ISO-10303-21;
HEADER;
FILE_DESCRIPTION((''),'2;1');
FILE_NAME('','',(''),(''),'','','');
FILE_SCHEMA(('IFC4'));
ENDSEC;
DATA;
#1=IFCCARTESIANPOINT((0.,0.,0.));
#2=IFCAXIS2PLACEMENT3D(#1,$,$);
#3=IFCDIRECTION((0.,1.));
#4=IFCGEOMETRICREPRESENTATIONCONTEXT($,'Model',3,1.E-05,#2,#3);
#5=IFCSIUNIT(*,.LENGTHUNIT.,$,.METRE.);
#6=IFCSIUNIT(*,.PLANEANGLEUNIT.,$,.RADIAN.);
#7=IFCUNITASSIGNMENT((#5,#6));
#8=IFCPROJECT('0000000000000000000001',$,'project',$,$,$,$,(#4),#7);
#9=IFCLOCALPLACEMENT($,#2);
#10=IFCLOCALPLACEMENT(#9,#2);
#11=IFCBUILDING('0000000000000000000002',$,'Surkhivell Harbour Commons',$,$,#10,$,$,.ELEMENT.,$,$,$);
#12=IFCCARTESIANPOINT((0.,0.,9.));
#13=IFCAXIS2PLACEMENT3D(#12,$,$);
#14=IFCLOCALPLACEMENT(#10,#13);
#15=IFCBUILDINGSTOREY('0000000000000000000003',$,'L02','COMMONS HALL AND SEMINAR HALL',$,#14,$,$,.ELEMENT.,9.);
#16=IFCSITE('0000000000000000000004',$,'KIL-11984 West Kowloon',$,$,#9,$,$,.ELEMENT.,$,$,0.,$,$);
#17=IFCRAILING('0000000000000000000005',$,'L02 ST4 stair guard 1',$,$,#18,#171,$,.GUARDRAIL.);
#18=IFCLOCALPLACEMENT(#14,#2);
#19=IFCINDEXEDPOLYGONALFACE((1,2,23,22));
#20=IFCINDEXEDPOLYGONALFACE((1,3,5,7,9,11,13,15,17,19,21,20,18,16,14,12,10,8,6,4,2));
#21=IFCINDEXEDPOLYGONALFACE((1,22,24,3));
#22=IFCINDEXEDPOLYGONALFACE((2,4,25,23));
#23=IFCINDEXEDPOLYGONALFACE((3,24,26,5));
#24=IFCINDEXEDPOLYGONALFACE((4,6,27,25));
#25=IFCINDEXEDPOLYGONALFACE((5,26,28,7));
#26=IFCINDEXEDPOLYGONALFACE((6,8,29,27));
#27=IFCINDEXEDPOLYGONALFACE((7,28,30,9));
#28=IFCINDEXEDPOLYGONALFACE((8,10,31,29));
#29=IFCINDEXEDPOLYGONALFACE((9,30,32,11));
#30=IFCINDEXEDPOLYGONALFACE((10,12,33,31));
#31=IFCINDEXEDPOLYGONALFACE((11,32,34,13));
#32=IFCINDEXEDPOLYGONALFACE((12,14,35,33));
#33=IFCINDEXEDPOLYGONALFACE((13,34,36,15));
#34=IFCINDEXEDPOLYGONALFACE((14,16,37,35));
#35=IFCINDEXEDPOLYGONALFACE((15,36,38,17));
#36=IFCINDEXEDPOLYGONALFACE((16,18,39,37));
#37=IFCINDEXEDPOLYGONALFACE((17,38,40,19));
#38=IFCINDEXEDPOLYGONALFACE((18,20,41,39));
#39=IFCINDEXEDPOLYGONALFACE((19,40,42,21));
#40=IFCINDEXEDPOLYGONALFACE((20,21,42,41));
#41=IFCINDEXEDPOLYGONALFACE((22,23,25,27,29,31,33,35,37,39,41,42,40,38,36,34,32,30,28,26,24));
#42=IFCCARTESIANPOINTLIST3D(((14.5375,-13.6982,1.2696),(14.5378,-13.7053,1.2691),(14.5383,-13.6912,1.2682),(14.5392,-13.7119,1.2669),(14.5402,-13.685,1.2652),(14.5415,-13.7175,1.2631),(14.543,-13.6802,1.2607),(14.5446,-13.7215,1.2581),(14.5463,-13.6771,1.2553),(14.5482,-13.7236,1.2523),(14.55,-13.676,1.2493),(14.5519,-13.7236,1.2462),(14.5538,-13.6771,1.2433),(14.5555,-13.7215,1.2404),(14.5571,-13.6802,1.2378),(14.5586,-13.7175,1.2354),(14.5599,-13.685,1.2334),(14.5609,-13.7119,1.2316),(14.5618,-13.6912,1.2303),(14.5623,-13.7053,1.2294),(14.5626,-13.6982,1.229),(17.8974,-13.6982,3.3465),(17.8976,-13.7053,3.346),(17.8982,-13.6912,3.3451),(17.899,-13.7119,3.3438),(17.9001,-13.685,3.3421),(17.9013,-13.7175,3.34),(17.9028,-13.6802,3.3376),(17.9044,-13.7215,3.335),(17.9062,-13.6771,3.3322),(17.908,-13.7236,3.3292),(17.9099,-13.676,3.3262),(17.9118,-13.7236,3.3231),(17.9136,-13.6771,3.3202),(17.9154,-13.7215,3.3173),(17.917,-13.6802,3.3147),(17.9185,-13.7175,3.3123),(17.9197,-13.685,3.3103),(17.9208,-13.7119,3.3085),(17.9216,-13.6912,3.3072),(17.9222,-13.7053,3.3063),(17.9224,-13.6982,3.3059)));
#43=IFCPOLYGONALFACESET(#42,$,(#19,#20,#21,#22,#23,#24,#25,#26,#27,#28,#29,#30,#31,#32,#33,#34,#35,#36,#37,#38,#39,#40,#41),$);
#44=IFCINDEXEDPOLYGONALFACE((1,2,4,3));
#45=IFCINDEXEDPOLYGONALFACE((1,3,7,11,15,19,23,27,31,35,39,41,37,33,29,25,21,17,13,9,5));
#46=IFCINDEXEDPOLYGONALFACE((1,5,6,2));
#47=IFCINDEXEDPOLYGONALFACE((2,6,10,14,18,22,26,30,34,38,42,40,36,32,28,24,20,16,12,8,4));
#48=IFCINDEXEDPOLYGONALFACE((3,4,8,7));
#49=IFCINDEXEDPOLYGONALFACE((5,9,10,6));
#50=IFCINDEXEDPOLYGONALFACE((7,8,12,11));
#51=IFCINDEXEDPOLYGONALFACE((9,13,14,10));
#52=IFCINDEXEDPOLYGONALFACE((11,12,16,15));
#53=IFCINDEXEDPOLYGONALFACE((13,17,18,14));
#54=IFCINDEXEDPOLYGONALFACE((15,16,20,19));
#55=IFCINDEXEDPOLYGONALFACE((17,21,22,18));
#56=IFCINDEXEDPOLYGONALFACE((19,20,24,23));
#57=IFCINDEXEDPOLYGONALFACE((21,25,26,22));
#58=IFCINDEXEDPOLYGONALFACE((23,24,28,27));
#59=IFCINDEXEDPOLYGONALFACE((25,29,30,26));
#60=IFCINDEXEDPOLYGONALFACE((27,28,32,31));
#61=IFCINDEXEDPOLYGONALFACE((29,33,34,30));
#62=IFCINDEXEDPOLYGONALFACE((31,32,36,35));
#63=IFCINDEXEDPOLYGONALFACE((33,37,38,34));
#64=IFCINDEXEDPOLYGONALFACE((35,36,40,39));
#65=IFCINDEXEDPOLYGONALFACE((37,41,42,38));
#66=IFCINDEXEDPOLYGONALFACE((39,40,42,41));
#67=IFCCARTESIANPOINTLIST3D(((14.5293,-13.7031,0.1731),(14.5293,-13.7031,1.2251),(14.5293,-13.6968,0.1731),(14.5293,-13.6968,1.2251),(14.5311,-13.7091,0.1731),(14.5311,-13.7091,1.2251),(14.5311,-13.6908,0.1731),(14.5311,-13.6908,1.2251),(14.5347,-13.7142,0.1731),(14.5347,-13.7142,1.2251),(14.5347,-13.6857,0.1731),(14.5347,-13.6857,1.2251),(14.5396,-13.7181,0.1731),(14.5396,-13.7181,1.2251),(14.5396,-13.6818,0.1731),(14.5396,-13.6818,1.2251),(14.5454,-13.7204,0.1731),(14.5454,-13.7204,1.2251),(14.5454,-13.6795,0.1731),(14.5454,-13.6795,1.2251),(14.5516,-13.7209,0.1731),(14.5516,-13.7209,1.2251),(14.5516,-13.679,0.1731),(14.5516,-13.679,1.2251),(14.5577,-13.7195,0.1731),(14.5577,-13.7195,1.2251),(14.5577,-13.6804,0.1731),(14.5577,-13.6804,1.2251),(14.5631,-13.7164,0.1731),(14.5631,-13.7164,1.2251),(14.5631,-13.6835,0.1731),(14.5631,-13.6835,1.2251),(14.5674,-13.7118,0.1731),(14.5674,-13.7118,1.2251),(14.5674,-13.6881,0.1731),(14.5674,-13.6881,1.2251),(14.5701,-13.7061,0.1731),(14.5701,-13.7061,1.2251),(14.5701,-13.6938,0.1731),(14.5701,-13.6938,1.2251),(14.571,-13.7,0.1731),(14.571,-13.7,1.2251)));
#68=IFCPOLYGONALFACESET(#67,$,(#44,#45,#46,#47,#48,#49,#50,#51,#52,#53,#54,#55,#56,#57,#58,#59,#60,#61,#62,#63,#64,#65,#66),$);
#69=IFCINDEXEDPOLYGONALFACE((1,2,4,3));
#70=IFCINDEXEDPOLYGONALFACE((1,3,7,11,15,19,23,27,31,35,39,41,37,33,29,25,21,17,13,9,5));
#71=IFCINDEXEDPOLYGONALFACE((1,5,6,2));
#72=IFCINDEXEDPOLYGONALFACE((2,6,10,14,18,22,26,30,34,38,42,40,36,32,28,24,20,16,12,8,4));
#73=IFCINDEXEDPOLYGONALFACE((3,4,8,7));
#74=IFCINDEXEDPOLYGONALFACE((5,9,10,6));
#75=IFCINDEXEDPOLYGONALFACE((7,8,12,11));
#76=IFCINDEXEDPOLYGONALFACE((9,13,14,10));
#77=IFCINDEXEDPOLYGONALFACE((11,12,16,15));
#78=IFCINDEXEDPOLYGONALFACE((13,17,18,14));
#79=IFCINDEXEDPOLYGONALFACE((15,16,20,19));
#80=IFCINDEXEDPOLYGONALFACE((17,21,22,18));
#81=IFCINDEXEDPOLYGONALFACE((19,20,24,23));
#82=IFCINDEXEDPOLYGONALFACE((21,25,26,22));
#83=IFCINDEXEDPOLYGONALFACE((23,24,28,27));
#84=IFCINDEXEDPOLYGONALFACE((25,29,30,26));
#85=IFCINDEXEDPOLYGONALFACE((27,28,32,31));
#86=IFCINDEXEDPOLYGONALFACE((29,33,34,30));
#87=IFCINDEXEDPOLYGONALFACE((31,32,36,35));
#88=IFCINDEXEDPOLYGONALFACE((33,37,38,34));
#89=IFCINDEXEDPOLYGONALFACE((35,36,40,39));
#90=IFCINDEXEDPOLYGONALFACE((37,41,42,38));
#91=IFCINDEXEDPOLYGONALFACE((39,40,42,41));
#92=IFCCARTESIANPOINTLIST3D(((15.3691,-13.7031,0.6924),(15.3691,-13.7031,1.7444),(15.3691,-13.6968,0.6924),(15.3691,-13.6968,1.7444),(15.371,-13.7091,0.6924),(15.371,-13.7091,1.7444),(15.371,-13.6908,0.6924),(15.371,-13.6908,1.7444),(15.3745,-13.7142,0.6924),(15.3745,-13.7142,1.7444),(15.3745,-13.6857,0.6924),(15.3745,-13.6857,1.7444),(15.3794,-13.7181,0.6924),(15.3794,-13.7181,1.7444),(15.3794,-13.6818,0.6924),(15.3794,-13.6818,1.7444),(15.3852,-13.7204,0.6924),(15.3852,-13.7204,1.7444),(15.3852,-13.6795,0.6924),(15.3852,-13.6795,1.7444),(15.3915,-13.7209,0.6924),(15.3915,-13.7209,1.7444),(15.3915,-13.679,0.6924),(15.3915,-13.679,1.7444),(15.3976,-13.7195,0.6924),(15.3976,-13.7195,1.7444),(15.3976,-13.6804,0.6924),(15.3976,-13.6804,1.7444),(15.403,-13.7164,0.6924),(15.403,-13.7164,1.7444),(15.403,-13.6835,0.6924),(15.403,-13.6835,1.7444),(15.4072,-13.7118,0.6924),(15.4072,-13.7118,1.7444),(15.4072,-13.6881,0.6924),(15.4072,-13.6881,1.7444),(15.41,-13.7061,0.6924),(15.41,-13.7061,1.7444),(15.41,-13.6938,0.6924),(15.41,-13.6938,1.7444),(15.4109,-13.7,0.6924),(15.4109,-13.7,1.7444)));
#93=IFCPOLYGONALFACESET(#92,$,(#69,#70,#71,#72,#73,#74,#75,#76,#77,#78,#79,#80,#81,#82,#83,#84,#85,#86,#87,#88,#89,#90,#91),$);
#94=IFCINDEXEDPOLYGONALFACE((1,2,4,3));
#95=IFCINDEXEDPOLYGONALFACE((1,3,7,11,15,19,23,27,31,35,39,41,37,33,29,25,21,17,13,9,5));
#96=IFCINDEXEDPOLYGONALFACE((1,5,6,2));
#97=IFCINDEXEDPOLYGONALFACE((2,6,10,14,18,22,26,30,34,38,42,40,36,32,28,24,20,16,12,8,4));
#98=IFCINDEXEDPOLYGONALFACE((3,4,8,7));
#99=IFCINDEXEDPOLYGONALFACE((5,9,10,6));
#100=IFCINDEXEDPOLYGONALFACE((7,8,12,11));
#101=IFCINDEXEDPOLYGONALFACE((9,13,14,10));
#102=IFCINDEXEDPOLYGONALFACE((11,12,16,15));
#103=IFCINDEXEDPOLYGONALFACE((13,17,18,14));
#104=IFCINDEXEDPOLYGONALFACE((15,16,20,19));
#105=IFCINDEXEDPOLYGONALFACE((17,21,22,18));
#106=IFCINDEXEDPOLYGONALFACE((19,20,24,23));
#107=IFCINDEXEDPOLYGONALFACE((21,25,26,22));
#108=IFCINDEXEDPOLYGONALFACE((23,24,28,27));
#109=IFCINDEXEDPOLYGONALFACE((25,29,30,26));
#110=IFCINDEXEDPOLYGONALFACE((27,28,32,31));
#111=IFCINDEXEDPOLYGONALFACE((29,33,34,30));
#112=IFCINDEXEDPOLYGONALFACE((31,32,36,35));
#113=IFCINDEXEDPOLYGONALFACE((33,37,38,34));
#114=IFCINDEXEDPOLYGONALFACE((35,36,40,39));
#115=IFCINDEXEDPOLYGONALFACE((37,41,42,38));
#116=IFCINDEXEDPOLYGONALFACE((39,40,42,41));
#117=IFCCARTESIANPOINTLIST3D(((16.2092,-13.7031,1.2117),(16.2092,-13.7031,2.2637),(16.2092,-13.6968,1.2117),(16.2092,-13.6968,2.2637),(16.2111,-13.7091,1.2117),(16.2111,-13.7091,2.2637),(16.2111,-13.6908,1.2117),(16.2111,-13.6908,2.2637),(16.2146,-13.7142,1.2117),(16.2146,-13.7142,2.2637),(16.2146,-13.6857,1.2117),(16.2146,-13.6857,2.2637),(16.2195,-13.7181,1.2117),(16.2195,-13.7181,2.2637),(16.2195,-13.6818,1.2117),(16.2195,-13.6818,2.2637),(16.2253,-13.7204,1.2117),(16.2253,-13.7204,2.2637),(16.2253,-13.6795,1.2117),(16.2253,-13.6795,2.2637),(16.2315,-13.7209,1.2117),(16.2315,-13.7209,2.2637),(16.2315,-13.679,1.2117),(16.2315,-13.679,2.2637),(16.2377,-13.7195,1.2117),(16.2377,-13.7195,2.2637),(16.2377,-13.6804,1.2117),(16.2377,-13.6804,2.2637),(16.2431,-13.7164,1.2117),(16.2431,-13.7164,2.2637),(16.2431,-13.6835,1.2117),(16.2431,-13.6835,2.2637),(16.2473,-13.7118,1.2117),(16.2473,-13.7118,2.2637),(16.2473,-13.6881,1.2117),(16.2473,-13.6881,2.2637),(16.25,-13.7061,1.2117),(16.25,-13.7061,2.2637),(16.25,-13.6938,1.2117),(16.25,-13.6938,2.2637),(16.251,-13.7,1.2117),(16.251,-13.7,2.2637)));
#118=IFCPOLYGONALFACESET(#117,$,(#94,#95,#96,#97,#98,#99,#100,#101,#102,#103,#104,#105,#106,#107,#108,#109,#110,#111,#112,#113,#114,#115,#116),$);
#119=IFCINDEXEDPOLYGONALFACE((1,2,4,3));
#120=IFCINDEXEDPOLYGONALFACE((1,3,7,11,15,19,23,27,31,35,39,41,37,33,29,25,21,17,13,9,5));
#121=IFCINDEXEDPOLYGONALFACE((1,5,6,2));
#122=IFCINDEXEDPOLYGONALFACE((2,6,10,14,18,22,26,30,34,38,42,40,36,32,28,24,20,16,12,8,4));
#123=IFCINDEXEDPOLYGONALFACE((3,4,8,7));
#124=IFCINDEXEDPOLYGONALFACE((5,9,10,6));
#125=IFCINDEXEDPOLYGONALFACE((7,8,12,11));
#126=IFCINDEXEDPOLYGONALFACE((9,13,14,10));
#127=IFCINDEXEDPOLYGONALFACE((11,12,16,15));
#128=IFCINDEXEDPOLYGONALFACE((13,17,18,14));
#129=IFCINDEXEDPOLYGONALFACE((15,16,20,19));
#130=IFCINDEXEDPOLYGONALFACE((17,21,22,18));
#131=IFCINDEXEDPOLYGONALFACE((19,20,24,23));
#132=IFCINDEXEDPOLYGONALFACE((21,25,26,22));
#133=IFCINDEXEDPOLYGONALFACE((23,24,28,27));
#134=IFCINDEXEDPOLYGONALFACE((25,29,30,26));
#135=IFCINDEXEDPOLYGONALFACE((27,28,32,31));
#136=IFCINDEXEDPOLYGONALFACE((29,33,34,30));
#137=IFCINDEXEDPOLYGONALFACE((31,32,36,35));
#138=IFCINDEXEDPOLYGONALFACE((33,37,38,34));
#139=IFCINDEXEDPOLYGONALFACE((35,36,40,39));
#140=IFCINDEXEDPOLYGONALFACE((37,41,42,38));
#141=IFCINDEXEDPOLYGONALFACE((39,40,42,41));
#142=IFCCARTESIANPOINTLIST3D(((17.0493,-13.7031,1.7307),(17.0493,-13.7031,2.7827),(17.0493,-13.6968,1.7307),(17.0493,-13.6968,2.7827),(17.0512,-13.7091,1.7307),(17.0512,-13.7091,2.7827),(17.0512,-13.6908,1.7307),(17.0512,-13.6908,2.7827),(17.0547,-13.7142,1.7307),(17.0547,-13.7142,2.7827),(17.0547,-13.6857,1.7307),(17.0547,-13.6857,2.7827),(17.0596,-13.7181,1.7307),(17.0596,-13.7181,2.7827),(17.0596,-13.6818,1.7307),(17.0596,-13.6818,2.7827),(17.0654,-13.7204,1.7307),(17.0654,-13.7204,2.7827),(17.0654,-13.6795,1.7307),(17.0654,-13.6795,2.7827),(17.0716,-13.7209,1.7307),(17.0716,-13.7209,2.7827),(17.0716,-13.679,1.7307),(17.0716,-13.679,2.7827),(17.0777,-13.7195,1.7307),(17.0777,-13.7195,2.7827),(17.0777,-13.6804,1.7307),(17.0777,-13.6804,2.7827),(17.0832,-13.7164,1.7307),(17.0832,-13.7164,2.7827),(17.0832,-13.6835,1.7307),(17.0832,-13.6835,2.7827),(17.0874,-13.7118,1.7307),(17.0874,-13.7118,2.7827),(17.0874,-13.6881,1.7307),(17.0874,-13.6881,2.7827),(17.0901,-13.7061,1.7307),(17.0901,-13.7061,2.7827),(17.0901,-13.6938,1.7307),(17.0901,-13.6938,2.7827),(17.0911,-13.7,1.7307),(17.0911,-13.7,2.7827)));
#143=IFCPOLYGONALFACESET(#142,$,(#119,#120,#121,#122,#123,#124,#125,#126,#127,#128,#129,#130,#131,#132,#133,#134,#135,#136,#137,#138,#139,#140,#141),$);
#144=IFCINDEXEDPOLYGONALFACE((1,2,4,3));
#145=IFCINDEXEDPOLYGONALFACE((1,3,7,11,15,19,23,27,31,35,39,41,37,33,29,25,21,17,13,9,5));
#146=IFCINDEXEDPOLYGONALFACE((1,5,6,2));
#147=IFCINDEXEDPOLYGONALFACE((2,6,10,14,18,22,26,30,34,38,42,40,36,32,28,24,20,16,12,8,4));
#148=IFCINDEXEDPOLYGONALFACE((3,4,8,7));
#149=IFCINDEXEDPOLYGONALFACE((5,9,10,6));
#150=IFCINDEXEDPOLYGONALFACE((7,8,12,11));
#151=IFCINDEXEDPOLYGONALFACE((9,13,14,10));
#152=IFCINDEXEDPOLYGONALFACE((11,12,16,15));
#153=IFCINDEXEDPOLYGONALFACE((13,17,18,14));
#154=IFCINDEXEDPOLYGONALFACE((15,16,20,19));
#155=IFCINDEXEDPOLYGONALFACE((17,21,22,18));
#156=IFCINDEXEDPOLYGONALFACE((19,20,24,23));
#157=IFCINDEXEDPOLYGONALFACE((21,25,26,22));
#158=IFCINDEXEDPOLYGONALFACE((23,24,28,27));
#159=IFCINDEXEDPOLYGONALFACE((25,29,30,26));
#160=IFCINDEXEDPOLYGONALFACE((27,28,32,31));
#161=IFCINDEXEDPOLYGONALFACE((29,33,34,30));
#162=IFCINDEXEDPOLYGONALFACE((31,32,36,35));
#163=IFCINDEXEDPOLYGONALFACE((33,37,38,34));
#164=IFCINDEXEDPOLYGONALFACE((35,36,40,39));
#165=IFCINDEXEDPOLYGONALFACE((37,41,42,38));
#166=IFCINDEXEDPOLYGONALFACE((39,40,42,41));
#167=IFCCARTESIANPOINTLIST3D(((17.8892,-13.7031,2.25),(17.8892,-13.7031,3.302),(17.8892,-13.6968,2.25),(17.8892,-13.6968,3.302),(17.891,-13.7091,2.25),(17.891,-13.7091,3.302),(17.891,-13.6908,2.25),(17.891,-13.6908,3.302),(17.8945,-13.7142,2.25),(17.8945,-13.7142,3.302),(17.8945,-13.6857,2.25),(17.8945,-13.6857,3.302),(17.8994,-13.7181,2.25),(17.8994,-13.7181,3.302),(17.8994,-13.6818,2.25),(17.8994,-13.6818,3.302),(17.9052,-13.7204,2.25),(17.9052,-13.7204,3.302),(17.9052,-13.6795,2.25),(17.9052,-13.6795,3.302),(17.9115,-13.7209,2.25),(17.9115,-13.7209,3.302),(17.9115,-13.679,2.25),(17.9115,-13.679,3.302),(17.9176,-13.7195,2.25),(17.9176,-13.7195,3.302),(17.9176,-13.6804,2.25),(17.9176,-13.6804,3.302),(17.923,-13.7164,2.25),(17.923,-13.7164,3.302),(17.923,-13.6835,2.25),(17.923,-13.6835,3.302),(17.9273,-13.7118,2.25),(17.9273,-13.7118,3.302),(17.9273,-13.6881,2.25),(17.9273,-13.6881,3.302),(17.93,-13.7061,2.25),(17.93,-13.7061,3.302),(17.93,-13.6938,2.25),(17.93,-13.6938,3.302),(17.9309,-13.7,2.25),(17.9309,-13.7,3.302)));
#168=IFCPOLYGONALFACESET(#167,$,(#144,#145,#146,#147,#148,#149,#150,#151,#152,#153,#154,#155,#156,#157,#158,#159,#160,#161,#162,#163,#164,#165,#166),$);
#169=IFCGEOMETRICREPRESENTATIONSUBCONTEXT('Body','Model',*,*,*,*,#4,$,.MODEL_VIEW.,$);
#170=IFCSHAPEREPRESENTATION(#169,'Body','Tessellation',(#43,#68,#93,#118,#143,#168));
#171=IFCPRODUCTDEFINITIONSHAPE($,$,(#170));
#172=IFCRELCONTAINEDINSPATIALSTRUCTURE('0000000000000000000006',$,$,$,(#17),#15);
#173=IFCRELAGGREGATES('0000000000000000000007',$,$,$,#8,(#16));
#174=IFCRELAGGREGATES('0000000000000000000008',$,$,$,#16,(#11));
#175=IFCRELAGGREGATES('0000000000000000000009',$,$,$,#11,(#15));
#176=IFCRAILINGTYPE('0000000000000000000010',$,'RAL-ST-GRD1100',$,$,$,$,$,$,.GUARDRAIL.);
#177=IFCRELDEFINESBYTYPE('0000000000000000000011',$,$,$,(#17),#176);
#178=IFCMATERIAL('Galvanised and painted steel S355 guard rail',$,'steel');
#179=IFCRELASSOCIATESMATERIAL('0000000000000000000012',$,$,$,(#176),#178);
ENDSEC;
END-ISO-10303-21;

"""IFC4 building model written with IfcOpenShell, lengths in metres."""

from ifc_helpers import new_model, si_unit, direction, frame, origin, origin_2d, place, context, subcontext, project, spatial, circle, extrude, material, type_object, element, save


model = new_model("IFC4")

# Units and contexts
model_context = context("Model", 3, precision=1e-05, world=origin(), true_north=direction((0.0, 1.0)))
body_context = subcontext(model_context, "Body", "Model", "MODEL_VIEW")
ifc_project = project(units=[si_unit("LENGTHUNIT", "METRE"), si_unit("PLANEANGLEUNIT", "RADIAN")], contexts=[model_context])

# Site, building, storey
site_placement = place(None, origin())
site = spatial("IfcSite", under=ifc_project, at=site_placement, Name="KIL-11984 West Kowloon", CompositionType="ELEMENT", RefElevation=0.0)
building_placement = place(site_placement, origin())
building = spatial("IfcBuilding", under=site, at=building_placement, Name="Surkhivell Harbour Commons", CompositionType="ELEMENT")
storey_placement = place(building_placement, frame((0.0, 0.0, 9.0)))
storey = spatial("IfcBuildingStorey", under=building, at=storey_placement, Name="L02", Description="COMMONS HALL AND SEMINAR HALL", CompositionType="ELEMENT", Elevation=9.0)

# Railing
ifc_material_1 = material(Name="Galvanised and painted steel S355 guard rail", Category="steel")
railing_type_1 = type_object("IfcRailingType", Name="RAL-ST-GRD1100", PredefinedType="GUARDRAIL", material=ifc_material_1)
railing_1_placement = place(storey_placement, frame((14.55, -13.7, 0.1731)))
element("IfcRailing", 1, at=railing_1_placement, inside=storey, type_object=railing_type_1, Name="L02 ST4 stair guard 1", PredefinedType="GUARDRAIL", context=body_context, shape_type="SweptSolid", body=[
    extrude(circle(Radius=0.0239, at=origin_2d()), frame((0.0, 0.0, 1.0762), z_axis=(0.850606, 0.0, 0.525803), x_axis=(0.0, 1.0, 0.0)), (0.0, 0.0, 1.0), 3.95),
    extrude(circle(Radius=0.021, at=origin_2d()), origin(), (0.0, 0.0, 1.0), 1.052),
    extrude(circle(Radius=0.021, at=origin_2d()), frame((0.8398, 0.0, 0.5193)), (0.0, 0.0, 1.0), 1.052),
    extrude(circle(Radius=0.021, at=origin_2d()), frame((1.6799, 0.0, 1.0386)), (0.0, 0.0, 1.0), 1.052),
    extrude(circle(Radius=0.021, at=origin_2d()), frame((2.52, 0.0, 1.5576)), (0.0, 0.0, 1.0), 1.052),
    extrude(circle(Radius=0.021, at=origin_2d()), frame((3.3599, 0.0, 2.0769)), (0.0, 0.0, 1.0), 1.052),
])

save(model, "model.ifc")
